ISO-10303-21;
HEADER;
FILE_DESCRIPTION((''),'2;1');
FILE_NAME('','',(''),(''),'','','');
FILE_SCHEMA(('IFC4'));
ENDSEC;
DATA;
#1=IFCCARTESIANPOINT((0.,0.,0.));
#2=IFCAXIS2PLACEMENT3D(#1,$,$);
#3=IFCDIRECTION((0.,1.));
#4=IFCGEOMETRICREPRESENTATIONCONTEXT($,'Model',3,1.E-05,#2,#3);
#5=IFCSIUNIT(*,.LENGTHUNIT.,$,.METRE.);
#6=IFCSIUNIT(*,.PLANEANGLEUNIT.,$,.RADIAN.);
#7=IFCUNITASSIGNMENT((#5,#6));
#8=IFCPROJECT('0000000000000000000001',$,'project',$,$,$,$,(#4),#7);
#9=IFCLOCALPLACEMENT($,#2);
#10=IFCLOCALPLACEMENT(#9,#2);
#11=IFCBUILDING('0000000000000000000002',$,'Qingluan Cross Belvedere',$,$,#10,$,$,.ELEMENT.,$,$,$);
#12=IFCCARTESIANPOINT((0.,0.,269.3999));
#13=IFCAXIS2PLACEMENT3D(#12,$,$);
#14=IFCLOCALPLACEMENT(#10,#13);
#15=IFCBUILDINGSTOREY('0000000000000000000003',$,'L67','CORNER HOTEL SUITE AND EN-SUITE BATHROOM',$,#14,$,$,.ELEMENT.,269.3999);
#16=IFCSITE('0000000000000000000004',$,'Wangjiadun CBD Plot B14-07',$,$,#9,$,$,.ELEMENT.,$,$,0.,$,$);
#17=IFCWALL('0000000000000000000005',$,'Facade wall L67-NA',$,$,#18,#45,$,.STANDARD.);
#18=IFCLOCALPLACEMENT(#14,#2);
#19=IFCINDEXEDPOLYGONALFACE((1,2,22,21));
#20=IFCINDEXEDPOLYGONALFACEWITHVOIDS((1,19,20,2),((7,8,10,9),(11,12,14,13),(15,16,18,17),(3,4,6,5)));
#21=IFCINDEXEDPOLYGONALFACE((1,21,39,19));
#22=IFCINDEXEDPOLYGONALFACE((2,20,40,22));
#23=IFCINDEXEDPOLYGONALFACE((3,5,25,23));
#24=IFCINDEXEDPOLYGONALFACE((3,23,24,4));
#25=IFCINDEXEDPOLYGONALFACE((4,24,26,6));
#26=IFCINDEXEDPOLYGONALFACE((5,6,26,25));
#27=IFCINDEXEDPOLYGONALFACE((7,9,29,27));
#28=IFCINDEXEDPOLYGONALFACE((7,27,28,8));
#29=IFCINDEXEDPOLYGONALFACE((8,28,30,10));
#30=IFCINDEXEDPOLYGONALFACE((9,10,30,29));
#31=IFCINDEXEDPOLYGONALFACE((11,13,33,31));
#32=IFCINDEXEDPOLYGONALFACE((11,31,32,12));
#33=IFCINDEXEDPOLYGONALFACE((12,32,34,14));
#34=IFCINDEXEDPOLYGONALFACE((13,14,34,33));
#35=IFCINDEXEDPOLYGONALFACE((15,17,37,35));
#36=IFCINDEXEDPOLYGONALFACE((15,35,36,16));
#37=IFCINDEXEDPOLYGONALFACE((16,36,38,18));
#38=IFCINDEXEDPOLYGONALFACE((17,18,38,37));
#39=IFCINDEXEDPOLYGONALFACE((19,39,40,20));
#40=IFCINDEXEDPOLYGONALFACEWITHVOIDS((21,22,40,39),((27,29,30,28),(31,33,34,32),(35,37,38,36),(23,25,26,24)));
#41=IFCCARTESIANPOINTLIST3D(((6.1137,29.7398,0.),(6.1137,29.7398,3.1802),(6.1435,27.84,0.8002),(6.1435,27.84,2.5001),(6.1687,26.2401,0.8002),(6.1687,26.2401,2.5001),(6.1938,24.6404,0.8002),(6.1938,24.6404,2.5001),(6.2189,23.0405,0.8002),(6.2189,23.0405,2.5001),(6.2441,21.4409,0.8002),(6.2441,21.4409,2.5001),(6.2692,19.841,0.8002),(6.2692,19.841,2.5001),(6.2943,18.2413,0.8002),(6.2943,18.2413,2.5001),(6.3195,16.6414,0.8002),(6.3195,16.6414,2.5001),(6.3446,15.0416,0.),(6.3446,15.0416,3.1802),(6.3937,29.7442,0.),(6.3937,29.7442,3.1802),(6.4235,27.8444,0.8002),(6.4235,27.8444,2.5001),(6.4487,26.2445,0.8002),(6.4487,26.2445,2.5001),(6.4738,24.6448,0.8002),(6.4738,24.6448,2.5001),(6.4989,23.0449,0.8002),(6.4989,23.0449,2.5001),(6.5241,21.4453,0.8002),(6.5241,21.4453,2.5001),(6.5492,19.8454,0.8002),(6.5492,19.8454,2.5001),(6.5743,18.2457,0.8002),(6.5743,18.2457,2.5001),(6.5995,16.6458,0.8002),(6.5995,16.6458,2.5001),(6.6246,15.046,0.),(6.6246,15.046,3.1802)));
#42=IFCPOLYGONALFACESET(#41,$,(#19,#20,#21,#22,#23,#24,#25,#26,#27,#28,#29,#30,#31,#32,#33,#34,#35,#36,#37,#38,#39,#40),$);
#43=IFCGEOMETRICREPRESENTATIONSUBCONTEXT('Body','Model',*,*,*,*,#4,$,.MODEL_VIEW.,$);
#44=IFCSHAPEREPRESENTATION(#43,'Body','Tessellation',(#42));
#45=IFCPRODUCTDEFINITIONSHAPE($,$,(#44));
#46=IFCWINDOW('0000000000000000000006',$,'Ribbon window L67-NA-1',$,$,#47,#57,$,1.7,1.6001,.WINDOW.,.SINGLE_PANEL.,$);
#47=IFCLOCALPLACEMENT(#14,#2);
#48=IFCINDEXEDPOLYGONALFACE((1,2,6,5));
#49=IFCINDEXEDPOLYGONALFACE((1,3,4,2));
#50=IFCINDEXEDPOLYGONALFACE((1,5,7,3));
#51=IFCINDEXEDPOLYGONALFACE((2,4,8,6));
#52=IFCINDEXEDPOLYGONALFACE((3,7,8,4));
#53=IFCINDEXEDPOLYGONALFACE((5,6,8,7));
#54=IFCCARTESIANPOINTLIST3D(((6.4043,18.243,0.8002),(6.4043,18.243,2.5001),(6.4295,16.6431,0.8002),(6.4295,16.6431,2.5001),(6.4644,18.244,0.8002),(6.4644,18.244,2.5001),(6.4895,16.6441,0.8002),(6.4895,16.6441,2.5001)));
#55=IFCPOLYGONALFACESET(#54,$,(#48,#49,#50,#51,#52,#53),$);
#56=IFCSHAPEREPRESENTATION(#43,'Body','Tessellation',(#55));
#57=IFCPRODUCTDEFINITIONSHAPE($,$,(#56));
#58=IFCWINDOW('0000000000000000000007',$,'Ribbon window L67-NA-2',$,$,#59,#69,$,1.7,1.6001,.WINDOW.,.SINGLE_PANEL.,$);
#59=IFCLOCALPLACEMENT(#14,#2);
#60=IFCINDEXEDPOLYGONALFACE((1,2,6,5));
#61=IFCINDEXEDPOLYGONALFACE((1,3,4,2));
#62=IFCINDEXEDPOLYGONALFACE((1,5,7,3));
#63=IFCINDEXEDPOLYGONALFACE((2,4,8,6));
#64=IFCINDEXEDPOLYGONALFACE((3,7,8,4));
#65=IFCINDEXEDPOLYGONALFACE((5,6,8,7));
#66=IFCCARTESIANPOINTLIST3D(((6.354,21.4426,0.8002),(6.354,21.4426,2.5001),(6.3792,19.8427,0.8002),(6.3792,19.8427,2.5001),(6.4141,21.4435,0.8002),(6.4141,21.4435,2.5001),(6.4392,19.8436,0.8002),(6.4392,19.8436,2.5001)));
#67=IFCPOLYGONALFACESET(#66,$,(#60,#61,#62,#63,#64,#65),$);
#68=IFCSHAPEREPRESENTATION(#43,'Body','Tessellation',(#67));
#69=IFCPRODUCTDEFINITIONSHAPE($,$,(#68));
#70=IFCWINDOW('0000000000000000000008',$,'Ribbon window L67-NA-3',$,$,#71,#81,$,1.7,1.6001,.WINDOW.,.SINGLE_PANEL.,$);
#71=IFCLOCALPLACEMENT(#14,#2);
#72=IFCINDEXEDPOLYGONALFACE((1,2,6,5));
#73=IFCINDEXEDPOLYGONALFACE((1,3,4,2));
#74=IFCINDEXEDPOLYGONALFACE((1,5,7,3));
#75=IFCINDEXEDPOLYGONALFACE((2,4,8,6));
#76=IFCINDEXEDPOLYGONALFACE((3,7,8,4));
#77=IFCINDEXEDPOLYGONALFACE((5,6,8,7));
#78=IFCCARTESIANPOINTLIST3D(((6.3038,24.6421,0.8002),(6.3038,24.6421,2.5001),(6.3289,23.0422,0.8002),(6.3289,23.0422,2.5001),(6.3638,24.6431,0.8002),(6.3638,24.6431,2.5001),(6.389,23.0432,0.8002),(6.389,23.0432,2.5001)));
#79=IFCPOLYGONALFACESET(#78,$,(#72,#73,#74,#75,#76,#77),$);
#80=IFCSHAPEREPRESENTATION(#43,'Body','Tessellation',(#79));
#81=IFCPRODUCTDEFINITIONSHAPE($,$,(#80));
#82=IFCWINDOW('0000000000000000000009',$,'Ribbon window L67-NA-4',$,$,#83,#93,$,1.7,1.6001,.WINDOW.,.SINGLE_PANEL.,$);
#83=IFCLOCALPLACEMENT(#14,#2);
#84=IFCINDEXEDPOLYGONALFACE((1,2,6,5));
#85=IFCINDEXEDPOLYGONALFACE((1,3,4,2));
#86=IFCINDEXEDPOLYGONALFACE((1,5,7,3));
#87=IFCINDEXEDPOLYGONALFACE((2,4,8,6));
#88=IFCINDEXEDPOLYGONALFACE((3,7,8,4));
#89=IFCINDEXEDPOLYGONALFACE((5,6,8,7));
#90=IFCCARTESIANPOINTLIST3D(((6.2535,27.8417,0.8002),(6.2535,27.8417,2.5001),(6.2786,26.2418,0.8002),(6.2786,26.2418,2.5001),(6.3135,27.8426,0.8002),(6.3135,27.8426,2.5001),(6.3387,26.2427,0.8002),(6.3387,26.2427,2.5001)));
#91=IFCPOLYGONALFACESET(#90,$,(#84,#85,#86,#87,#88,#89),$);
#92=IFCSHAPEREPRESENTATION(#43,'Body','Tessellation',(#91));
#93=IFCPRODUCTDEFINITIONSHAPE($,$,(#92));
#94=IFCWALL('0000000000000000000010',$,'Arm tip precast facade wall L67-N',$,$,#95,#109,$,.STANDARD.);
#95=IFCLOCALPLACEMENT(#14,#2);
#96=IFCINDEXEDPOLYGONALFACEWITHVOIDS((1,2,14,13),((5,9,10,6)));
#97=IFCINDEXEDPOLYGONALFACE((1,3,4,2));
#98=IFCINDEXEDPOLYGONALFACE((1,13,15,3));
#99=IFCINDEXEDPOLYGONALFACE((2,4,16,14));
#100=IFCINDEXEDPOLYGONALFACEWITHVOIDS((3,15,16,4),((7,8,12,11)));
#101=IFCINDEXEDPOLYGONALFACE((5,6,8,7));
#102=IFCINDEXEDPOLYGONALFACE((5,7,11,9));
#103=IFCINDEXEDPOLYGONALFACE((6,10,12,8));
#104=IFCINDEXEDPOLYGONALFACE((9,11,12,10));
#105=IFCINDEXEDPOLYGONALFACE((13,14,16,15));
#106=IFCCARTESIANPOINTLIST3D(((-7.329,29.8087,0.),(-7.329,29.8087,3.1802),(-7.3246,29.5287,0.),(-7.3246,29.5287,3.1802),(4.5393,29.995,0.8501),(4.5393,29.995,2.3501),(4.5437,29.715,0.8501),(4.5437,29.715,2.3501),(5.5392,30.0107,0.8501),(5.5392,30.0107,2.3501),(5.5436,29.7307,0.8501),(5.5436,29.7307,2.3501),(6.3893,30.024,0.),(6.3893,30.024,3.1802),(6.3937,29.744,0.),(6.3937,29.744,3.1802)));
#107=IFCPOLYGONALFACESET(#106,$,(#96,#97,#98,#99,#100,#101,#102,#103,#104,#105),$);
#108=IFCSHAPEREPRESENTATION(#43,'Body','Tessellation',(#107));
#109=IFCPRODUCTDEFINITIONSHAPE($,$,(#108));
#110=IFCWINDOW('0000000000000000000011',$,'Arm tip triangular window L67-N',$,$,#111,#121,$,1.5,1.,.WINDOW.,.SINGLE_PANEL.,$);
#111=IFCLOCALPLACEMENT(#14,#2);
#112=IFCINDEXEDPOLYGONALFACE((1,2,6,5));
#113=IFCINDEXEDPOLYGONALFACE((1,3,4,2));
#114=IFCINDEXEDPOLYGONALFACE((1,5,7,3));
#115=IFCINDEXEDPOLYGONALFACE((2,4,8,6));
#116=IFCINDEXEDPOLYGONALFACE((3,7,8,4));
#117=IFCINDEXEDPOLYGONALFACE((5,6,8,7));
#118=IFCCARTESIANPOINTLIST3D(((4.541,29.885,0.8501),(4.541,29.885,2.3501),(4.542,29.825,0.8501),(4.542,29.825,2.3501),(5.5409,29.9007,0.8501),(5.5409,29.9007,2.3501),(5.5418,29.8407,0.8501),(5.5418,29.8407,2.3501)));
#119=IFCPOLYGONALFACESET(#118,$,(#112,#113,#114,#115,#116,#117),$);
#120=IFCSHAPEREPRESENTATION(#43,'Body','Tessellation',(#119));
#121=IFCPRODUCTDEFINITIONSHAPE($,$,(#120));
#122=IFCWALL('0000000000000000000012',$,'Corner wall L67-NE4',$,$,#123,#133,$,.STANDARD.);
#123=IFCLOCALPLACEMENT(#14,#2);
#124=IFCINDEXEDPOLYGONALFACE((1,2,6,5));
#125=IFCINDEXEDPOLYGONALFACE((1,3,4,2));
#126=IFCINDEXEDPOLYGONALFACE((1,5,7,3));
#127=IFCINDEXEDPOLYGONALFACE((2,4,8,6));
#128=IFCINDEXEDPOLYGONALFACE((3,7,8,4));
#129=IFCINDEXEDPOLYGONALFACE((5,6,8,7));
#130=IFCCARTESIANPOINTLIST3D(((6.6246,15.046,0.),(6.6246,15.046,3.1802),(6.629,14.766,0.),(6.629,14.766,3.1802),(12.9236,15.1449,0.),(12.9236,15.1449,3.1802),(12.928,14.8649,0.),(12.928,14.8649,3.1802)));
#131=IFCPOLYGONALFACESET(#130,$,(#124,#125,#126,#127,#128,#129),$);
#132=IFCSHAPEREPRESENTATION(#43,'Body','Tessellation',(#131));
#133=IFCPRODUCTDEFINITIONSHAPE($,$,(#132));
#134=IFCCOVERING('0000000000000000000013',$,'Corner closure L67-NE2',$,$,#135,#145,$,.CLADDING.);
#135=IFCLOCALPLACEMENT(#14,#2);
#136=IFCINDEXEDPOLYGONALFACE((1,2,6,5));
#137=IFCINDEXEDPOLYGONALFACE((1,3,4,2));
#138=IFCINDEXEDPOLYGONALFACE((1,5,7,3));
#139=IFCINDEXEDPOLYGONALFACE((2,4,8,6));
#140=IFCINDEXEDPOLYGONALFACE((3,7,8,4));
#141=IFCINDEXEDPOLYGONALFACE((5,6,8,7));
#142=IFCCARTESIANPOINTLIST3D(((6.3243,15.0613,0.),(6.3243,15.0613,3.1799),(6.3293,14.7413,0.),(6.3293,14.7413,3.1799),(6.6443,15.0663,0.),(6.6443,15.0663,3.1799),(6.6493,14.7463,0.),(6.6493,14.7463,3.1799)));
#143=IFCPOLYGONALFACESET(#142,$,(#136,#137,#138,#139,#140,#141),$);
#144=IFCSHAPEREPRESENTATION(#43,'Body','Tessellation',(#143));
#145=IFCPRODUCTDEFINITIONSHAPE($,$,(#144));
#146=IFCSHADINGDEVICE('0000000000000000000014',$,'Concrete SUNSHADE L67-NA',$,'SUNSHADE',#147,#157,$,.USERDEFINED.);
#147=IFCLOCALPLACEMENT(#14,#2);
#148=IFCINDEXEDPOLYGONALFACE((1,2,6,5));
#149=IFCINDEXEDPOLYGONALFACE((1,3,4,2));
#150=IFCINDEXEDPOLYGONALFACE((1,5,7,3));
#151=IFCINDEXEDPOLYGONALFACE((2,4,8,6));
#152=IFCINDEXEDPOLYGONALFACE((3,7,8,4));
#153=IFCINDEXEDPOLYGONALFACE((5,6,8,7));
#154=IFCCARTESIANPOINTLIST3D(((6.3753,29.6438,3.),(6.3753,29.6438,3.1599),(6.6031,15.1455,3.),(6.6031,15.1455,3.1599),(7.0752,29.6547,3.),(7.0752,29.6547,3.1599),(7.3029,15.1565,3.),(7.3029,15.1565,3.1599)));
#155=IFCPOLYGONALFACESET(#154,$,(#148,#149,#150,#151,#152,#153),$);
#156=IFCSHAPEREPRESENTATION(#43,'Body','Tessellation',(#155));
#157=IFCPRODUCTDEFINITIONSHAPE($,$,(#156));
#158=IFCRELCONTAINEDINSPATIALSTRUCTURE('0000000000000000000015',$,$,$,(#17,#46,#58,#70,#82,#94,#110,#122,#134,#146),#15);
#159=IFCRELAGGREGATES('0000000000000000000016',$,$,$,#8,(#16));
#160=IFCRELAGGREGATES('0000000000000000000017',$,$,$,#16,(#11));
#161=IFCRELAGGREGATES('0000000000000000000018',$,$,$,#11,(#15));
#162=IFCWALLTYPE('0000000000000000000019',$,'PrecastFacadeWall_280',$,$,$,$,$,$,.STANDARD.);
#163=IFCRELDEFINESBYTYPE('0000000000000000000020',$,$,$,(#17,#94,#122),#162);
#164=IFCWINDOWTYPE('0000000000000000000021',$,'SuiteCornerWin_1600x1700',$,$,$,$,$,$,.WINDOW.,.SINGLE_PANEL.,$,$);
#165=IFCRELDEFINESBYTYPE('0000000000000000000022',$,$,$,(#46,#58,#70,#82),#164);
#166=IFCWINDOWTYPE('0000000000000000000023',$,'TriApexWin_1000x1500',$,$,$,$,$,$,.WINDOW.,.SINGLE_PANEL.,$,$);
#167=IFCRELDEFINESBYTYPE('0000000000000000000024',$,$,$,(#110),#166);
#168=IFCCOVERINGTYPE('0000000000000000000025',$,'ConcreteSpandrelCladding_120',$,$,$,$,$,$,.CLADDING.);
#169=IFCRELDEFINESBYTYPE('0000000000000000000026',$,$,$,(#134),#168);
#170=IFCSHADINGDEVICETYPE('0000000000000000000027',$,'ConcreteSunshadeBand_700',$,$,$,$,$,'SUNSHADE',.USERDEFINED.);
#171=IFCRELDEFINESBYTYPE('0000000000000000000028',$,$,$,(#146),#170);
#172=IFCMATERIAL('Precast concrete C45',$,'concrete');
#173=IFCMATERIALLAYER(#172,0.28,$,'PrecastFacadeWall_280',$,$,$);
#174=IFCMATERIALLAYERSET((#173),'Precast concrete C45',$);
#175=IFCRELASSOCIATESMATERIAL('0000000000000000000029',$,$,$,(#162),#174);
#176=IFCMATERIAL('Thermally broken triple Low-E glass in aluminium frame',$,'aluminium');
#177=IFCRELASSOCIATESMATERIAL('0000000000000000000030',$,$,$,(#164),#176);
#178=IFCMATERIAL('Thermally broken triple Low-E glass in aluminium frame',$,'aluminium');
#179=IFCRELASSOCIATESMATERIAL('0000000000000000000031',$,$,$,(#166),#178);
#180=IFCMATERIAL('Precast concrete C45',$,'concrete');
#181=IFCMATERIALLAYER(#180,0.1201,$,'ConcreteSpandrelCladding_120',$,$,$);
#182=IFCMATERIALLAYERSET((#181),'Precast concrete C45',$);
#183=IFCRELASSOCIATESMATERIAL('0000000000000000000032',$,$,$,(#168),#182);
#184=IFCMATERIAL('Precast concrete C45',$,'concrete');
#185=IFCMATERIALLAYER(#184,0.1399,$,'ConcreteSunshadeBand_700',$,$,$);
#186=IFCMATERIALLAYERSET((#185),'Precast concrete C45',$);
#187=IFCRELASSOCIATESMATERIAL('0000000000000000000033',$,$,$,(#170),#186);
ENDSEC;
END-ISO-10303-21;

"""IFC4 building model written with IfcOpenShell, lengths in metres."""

from ifc_helpers import new_model, si_unit, direction, frame, frame_2d, origin, origin_2d, place, context, subcontext, project, spatial, rectangle, extrude, material, layer, layer_set, type_object, element, fill, save


model = new_model("IFC4")

# Units and contexts
model_context = context("Model", 3, precision=1e-05, world=origin(), true_north=direction((0.0, 1.0)))
body_context = subcontext(model_context, "Body", "Model", "MODEL_VIEW")
ifc_project = project(units=[si_unit("LENGTHUNIT", "METRE"), si_unit("PLANEANGLEUNIT", "RADIAN")], contexts=[model_context])

# Site, building, storey
site_placement = place(None, origin())
site = spatial("IfcSite", under=ifc_project, at=site_placement, Name="Wangjiadun CBD Plot B14-07", CompositionType="ELEMENT", RefElevation=0.0)
building_placement = place(site_placement, origin())
building = spatial("IfcBuilding", under=site, at=building_placement, Name="Qingluan Cross Belvedere", CompositionType="ELEMENT")
storey_placement = place(building_placement, frame((0.0, 0.0, 269.3999)))
storey = spatial("IfcBuildingStorey", under=building, at=storey_placement, Name="L67", Description="CORNER HOTEL SUITE AND EN-SUITE BATHROOM", CompositionType="ELEMENT", Elevation=269.3999)

# Wall, openings, windows
ifc_material_1 = material(Name="Precast concrete C45", Category="concrete")
ifc_layer_1 = layer(ifc_material_1, 0.28, Name="PrecastFacadeWall_280")
ifc_layer_set_1 = layer_set([ifc_layer_1], Name="Precast concrete C45")
wall_type_1 = type_object("IfcWallType", Name="PrecastFacadeWall_280", PredefinedType="STANDARD", material=ifc_layer_set_1)
wall_1_placement = place(storey_placement, frame((6.4846, 15.0437, 0.0), z_axis=(0.0, 0.0, 1.0), x_axis=(-0.015711, 0.999877, 0.0)))
wall_1 = element("IfcWall", 1, at=wall_1_placement, inside=storey, type_object=wall_type_1, Name="Facade wall L67-NA", PredefinedType="STANDARD", context=body_context, shape_type="SweptSolid", body=[
    extrude(rectangle(XDim=14.7, YDim=0.28, at=frame_2d((7.3501, 0.0))), origin(), (0.0, 0.0, 1.0), 3.1802),
])
opening_1_placement = place(wall_1_placement, frame((1.6001, 0.0, 0.8)))
opening_1 = element("IfcOpeningElement", 2, at=opening_1_placement, cuts=wall_1, PredefinedType="OPENING", context=body_context, shape_type="SweptSolid", body=[
    extrude(rectangle(XDim=1.6001, YDim=1.7, at=frame_2d((0.8, 0.8501))), frame((0.0, 0.1499, 0.0), z_axis=(0.0, -1.0, 0.0), x_axis=(1.0, 0.0, 0.0)), (0.0, 0.0, 1.0), 0.3),
])
opening_2_placement = place(wall_1_placement, frame((4.8, 0.0, 0.8)))
opening_2 = element("IfcOpeningElement", 3, at=opening_2_placement, cuts=wall_1, PredefinedType="OPENING", context=body_context, shape_type="SweptSolid", body=[
    extrude(rectangle(XDim=1.6001, YDim=1.7, at=frame_2d((0.8, 0.8501))), frame((0.0, 0.1499, 0.0), z_axis=(0.0, -1.0, 0.0), x_axis=(1.0, 0.0, 0.0)), (0.0, 0.0, 1.0), 0.3),
])
opening_3_placement = place(wall_1_placement, frame((8.0, 0.0, 0.8)))
opening_3 = element("IfcOpeningElement", 4, at=opening_3_placement, cuts=wall_1, PredefinedType="OPENING", context=body_context, shape_type="SweptSolid", body=[
    extrude(rectangle(XDim=1.6001, YDim=1.7, at=frame_2d((0.8, 0.8501))), frame((0.0, 0.1499, 0.0), z_axis=(0.0, -1.0, 0.0), x_axis=(1.0, 0.0, 0.0)), (0.0, 0.0, 1.0), 0.3),
])
opening_4_placement = place(wall_1_placement, frame((11.2, 0.0, 0.8)))
opening_4 = element("IfcOpeningElement", 5, at=opening_4_placement, cuts=wall_1, PredefinedType="OPENING", context=body_context, shape_type="SweptSolid", body=[
    extrude(rectangle(XDim=1.6001, YDim=1.7, at=frame_2d((0.8, 0.8501))), frame((0.0, 0.1499, 0.0), z_axis=(0.0, -1.0, 0.0), x_axis=(1.0, 0.0, 0.0)), (0.0, 0.0, 1.0), 0.3),
])
ifc_material_2 = material(Name="Thermally broken triple Low-E glass in aluminium frame", Category="aluminium")
window_type_1 = type_object("IfcWindowType", Name="SuiteCornerWin_1600x1700", PartitioningType="SINGLE_PANEL", PredefinedType="WINDOW", material=ifc_material_2)
window_1_placement = place(opening_1_placement, origin())
window_1 = element("IfcWindow", 6, at=window_1_placement, inside=storey, type_object=window_type_1, Name="Ribbon window L67-NA-1", OverallHeight=1.7, OverallWidth=1.6001, PartitioningType="SINGLE_PANEL", PredefinedType="WINDOW", context=body_context, shape_type="SweptSolid", body=[
    extrude(rectangle(XDim=1.6001, YDim=1.7, at=frame_2d((0.8, 0.8501))), frame((0.0, 0.03, 0.0), z_axis=(0.0, -1.0, 0.0), x_axis=(1.0, 0.0, 0.0)), (0.0, 0.0, 1.0), 0.0601),
])
fill(opening_1, window_1)
window_2_placement = place(opening_2_placement, origin())
window_2 = element("IfcWindow", 7, at=window_2_placement, inside=storey, type_object=window_type_1, Name="Ribbon window L67-NA-2", OverallHeight=1.7, OverallWidth=1.6001, PartitioningType="SINGLE_PANEL", PredefinedType="WINDOW", context=body_context, shape_type="SweptSolid", body=[
    extrude(rectangle(XDim=1.6001, YDim=1.7, at=frame_2d((0.8, 0.8501))), frame((0.0, 0.03, 0.0), z_axis=(0.0, -1.0, 0.0), x_axis=(1.0, 0.0, 0.0)), (0.0, 0.0, 1.0), 0.0601),
])
fill(opening_2, window_2)
window_3_placement = place(opening_3_placement, origin())
window_3 = element("IfcWindow", 8, at=window_3_placement, inside=storey, type_object=window_type_1, Name="Ribbon window L67-NA-3", OverallHeight=1.7, OverallWidth=1.6001, PartitioningType="SINGLE_PANEL", PredefinedType="WINDOW", context=body_context, shape_type="SweptSolid", body=[
    extrude(rectangle(XDim=1.6001, YDim=1.7, at=frame_2d((0.8, 0.8501))), frame((0.0, 0.03, 0.0), z_axis=(0.0, -1.0, 0.0), x_axis=(1.0, 0.0, 0.0)), (0.0, 0.0, 1.0), 0.0601),
])
fill(opening_3, window_3)
window_4_placement = place(opening_4_placement, origin())
window_4 = element("IfcWindow", 9, at=window_4_placement, inside=storey, type_object=window_type_1, Name="Ribbon window L67-NA-4", OverallHeight=1.7, OverallWidth=1.6001, PartitioningType="SINGLE_PANEL", PredefinedType="WINDOW", context=body_context, shape_type="SweptSolid", body=[
    extrude(rectangle(XDim=1.6001, YDim=1.7, at=frame_2d((0.8, 0.8501))), frame((0.0, 0.03, 0.0), z_axis=(0.0, -1.0, 0.0), x_axis=(1.0, 0.0, 0.0)), (0.0, 0.0, 1.0), 0.0601),
])
fill(opening_4, window_4)

# Wall, opening, window
wall_2_placement = place(storey_placement, frame((6.3914, 29.884, 0.0), z_axis=(0.0, 0.0, 1.0), x_axis=(-0.999877, -0.015695, 0.0)))
wall_2 = element("IfcWall", 10, at=wall_2_placement, inside=storey, type_object=wall_type_1, Name="Arm tip precast facade wall L67-N", PredefinedType="STANDARD", context=body_context, shape_type="SweptSolid", body=[
    extrude(rectangle(XDim=13.72, YDim=0.28, at=frame_2d((6.8599, 0.0))), origin(), (0.0, 0.0, 1.0), 3.1802),
])
opening_5_placement = place(wall_2_placement, frame((0.8501, 0.0, 0.8501)))
opening_5 = element("IfcOpeningElement", 11, at=opening_5_placement, cuts=wall_2, PredefinedType="OPENING", context=body_context, shape_type="SweptSolid", body=[
    extrude(rectangle(XDim=1.0, YDim=1.5, at=frame_2d((0.5, 0.75))), frame((0.0, 0.1499, 0.0), z_axis=(0.0, -1.0, 0.0), x_axis=(1.0, 0.0, 0.0)), (0.0, 0.0, 1.0), 0.3),
])
ifc_material_3 = material(Name="Thermally broken triple Low-E glass in aluminium frame", Category="aluminium")
window_type_2 = type_object("IfcWindowType", Name="TriApexWin_1000x1500", PartitioningType="SINGLE_PANEL", PredefinedType="WINDOW", material=ifc_material_3)
window_5_placement = place(opening_5_placement, origin())
window_5 = element("IfcWindow", 12, at=window_5_placement, inside=storey, type_object=window_type_2, Name="Arm tip triangular window L67-N", OverallHeight=1.5, OverallWidth=1.0, PartitioningType="SINGLE_PANEL", PredefinedType="WINDOW", context=body_context, shape_type="SweptSolid", body=[
    extrude(rectangle(XDim=1.0, YDim=1.5, at=frame_2d((0.5, 0.75))), frame((0.0, 0.03, 0.0), z_axis=(0.0, -1.0, 0.0), x_axis=(1.0, 0.0, 0.0)), (0.0, 0.0, 1.0), 0.0601),
])
fill(opening_5, window_5)

# Wall
wall_3_placement = place(storey_placement, frame((12.9258, 15.0049, 0.0), z_axis=(0.0, 0.0, 1.0), x_axis=(-0.999877, -0.015695, 0.0)))
element("IfcWall", 13, at=wall_3_placement, inside=storey, type_object=wall_type_1, Name="Corner wall L67-NE4", PredefinedType="STANDARD", context=body_context, shape_type="SweptSolid", body=[
    extrude(rectangle(XDim=6.2998, YDim=0.28, at=frame_2d((3.1499, 0.0))), origin(), (0.0, 0.0, 1.0), 3.1802),
])

# Covering
ifc_material_4 = material(Name="Precast concrete C45", Category="concrete")
ifc_layer_2 = layer(ifc_material_4, 0.1201, Name="ConcreteSpandrelCladding_120")
ifc_layer_set_2 = layer_set([ifc_layer_2], Name="Precast concrete C45")
covering_type = type_object("IfcCoveringType", Name="ConcreteSpandrelCladding_120", PredefinedType="CLADDING", material=ifc_layer_set_2)
covering_placement = place(storey_placement, frame((6.4868, 14.9038, 0.0), z_axis=(0.0, 0.0, 1.0), x_axis=(0.999877, 0.015707, 0.0)))
element("IfcCovering", 14, at=covering_placement, inside=storey, type_object=covering_type, Name="Corner closure L67-NE2", PredefinedType="CLADDING", context=body_context, shape_type="SweptSolid", body=[
    extrude(rectangle(XDim=0.3201, YDim=0.3201, at=origin_2d()), origin(), (0.0, 0.0, 1.0), 3.1799),
])

# Shading device
ifc_material_5 = material(Name="Precast concrete C45", Category="concrete")
ifc_layer_3 = layer(ifc_material_5, 0.1399, Name="ConcreteSunshadeBand_700")
ifc_layer_set_3 = layer_set([ifc_layer_3], Name="Precast concrete C45")
shading_device_type = type_object("IfcShadingDeviceType", Name="ConcreteSunshadeBand_700", ElementType="SUNSHADE", PredefinedType="USERDEFINED", material=ifc_layer_set_3)
shading_device_placement = place(storey_placement, frame((6.8391, 22.4001, 3.0), z_axis=(0.0, 0.0, 1.0), x_axis=(-0.015707, 0.999877, 0.0)))
element("IfcShadingDevice", 15, at=shading_device_placement, inside=storey, type_object=shading_device_type, Name="Concrete SUNSHADE L67-NA", ObjectType="SUNSHADE", PredefinedType="USERDEFINED", context=body_context, shape_type="SweptSolid", body=[
    extrude(rectangle(XDim=14.5, YDim=0.7, at=origin_2d()), origin(), (0.0, 0.0, 1.0), 0.1599),
])

save(model, "model.ifc")
